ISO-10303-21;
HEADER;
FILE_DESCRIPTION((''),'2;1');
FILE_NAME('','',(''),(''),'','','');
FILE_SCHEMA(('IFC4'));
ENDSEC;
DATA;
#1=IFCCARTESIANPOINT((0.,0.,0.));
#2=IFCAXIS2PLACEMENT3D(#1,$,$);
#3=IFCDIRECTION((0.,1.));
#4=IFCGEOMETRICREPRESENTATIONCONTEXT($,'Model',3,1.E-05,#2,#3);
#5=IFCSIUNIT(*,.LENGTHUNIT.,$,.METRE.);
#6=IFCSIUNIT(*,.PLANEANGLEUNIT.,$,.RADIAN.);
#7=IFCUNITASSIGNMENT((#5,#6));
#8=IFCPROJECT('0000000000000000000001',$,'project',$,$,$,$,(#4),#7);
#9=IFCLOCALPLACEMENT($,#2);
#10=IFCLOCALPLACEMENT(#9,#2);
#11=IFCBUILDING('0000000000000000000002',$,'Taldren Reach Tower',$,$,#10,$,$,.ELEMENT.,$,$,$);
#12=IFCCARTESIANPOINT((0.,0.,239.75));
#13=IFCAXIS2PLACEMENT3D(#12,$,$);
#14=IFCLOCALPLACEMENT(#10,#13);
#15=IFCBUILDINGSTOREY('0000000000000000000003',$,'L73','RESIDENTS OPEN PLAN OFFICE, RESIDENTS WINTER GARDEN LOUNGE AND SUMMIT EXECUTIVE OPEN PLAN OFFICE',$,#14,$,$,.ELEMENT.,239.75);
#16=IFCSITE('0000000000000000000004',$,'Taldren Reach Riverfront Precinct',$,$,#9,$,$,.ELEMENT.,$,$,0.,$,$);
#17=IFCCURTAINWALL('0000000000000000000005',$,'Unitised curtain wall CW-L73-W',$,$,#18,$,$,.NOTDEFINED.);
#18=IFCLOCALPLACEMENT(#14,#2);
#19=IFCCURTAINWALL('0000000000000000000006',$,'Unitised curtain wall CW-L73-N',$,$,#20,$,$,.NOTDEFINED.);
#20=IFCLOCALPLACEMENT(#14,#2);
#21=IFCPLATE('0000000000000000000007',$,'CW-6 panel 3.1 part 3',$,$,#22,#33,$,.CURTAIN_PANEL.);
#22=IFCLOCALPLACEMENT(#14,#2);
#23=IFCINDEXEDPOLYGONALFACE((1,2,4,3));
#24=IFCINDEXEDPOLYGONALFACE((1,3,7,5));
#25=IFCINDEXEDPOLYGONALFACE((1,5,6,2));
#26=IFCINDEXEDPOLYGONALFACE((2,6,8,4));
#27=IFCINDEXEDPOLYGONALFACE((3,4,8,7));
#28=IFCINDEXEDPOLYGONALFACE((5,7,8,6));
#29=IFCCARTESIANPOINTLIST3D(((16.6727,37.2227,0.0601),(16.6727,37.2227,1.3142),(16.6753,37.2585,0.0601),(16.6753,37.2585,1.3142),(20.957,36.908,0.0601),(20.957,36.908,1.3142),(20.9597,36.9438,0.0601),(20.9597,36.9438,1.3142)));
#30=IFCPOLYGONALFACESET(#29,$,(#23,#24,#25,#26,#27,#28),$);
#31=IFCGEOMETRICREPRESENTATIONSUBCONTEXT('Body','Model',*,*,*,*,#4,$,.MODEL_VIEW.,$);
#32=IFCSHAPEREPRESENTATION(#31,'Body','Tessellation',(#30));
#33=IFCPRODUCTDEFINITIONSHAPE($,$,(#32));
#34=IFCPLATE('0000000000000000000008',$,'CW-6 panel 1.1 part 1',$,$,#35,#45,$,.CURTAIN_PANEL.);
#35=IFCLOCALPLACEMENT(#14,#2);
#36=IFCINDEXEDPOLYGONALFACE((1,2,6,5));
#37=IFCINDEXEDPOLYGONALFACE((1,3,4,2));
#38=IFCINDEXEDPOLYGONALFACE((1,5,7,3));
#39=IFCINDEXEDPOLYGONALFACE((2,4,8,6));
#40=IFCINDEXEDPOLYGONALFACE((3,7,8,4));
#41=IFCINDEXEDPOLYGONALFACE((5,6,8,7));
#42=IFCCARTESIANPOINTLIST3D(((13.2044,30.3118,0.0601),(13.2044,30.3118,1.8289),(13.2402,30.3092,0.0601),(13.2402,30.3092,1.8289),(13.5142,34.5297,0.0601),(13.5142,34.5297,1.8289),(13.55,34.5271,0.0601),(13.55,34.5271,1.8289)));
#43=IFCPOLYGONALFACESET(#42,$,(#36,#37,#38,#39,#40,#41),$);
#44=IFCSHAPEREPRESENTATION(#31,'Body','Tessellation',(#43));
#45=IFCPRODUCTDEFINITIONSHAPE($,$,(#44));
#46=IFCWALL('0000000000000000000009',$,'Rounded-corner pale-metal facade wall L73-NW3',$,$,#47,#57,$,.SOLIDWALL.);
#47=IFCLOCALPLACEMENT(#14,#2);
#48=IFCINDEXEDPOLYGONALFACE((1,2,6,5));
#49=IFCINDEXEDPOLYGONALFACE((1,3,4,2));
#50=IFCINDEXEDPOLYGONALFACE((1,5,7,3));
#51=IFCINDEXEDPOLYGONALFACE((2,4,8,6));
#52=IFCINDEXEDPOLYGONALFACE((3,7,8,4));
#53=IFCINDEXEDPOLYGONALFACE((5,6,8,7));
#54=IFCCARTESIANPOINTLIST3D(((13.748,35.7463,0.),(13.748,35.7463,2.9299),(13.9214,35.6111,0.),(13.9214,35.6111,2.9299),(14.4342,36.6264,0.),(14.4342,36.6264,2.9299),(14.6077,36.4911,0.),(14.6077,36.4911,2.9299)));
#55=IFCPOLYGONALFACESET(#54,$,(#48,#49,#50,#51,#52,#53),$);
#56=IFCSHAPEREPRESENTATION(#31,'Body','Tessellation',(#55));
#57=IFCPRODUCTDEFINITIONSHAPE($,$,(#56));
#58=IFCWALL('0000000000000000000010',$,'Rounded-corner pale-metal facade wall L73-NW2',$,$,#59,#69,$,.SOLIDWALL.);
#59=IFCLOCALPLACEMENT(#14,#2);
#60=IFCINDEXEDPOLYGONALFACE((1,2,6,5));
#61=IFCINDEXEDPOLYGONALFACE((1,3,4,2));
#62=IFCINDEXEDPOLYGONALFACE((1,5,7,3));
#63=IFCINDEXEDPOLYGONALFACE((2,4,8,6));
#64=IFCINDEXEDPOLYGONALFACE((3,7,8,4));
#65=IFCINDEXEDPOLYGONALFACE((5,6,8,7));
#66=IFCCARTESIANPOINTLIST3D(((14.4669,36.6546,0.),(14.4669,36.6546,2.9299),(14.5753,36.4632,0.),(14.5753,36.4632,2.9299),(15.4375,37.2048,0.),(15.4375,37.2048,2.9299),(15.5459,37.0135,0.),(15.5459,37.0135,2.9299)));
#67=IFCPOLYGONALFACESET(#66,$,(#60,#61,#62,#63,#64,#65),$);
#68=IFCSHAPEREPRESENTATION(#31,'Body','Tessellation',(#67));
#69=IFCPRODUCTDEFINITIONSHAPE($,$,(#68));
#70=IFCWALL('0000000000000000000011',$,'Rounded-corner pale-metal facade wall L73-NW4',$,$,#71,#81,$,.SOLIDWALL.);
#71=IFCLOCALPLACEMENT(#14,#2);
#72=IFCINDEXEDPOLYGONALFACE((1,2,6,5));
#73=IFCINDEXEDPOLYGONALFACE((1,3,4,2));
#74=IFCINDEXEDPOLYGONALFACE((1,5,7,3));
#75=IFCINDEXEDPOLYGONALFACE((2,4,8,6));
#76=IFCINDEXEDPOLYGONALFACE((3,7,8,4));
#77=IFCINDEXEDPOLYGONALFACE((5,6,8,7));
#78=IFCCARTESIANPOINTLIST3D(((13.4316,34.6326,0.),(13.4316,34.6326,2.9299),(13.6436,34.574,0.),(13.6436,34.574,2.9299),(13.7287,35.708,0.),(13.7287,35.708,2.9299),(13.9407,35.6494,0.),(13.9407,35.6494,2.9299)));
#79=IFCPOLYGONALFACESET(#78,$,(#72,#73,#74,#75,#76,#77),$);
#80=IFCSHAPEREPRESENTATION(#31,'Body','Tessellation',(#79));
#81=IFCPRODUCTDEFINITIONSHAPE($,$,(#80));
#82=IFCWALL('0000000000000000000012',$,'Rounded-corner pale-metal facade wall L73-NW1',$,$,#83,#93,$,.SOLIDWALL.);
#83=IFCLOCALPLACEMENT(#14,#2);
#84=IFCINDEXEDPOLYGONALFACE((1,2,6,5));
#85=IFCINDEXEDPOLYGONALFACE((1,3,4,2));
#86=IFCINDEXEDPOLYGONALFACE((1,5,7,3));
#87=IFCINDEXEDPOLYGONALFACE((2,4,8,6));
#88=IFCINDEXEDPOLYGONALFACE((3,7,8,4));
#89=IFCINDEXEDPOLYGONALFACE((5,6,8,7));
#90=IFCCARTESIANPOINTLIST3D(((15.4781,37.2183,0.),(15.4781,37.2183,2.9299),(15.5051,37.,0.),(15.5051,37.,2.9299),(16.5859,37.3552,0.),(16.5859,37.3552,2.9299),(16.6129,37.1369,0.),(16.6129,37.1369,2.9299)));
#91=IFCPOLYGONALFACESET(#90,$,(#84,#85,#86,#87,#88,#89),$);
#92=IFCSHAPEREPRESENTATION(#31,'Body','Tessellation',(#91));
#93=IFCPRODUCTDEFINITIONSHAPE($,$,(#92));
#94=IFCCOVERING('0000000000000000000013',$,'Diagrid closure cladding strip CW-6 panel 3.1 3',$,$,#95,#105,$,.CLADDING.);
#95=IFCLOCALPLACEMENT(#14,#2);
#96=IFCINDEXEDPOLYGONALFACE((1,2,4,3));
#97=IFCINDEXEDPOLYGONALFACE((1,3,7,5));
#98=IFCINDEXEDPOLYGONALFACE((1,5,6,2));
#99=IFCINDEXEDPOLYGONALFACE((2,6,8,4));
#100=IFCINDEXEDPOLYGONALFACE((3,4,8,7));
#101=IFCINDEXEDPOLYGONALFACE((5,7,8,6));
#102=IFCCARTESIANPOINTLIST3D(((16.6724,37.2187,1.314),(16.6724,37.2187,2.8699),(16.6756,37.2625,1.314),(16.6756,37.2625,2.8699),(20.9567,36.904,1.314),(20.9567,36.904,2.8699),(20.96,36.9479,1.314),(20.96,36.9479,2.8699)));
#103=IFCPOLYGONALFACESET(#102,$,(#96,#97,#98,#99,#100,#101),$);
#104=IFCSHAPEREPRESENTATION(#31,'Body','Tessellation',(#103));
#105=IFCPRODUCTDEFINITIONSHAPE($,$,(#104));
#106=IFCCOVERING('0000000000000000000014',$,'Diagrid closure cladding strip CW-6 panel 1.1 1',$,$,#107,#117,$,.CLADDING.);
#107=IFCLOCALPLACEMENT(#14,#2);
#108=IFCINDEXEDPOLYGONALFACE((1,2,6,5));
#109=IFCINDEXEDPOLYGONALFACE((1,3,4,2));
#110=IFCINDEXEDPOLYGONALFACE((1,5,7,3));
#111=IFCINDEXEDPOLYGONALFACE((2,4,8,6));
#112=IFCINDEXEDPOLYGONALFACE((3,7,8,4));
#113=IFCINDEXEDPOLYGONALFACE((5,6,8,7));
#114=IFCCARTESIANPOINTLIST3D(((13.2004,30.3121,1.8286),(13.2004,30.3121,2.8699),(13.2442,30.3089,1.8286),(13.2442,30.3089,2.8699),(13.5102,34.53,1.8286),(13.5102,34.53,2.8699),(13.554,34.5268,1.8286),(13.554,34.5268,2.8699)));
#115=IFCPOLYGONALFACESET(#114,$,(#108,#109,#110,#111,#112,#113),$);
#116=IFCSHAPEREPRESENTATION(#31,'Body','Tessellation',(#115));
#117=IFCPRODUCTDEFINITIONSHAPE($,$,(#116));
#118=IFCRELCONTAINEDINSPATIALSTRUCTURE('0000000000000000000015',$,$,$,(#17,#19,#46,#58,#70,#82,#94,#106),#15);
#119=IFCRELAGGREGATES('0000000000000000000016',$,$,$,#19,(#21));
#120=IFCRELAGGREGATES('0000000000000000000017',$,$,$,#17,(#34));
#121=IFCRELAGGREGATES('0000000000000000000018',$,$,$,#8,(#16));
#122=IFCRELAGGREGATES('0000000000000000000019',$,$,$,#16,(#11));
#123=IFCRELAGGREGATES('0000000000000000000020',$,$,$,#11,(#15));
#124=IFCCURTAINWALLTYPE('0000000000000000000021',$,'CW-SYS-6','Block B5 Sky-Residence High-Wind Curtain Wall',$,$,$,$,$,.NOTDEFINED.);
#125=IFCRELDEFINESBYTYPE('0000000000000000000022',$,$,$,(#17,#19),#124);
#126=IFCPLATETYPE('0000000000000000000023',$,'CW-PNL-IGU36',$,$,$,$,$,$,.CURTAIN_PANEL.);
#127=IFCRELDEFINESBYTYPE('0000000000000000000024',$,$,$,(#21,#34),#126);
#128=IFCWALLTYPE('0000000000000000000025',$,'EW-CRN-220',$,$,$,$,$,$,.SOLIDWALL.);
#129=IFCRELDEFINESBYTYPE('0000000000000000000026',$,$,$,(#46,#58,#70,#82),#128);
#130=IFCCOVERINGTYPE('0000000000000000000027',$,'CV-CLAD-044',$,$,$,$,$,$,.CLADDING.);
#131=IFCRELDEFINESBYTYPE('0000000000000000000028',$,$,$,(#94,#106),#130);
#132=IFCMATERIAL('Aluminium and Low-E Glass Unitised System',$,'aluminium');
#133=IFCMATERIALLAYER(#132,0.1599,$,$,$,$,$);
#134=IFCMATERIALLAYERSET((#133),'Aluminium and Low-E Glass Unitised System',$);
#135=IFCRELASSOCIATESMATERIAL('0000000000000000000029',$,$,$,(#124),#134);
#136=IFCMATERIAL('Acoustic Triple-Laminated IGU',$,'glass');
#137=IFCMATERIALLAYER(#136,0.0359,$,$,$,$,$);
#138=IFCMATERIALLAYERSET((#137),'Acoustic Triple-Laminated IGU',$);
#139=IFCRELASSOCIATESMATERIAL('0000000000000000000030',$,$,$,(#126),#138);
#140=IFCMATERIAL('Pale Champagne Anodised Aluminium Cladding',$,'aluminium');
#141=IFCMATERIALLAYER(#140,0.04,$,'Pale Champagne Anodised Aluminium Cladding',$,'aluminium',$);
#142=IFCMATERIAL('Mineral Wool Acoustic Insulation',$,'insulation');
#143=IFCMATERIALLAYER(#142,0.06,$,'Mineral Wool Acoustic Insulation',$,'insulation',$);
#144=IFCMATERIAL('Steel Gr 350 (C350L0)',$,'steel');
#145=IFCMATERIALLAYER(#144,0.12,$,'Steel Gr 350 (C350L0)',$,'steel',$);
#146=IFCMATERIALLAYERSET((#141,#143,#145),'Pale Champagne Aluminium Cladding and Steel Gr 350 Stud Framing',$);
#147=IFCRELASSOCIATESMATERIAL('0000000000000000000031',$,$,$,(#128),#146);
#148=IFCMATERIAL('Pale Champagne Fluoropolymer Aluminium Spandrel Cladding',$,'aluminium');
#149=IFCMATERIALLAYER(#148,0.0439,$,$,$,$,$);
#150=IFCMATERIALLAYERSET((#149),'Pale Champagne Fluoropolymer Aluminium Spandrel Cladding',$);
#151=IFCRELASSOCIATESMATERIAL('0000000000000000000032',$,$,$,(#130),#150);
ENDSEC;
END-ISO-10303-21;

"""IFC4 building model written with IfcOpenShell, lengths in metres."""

from ifc_helpers import new_model, si_unit, direction, frame, frame_2d, origin, origin_2d, place, context, subcontext, project, spatial, rectangle, extrude, source, transform, mapped, material, layer, layer_set, type_object, element, aggregate, save


model = new_model("IFC4")

# Units and contexts
model_context = context("Model", 3, precision=1e-05, world=origin(), true_north=direction((0.0, 1.0)))
body_context = subcontext(model_context, "Body", "Model", "MODEL_VIEW")
ifc_project = project(units=[si_unit("LENGTHUNIT", "METRE"), si_unit("PLANEANGLEUNIT", "RADIAN")], contexts=[model_context])

# Site, building, storey
site_placement = place(None, origin())
site = spatial("IfcSite", under=ifc_project, at=site_placement, Name="Taldren Reach Riverfront Precinct", CompositionType="ELEMENT", RefElevation=0.0)
building_placement = place(site_placement, origin())
building = spatial("IfcBuilding", under=site, at=building_placement, Name="Taldren Reach Tower", CompositionType="ELEMENT")
storey_placement = place(building_placement, frame((0.0, 0.0, 239.75)))
storey = spatial("IfcBuildingStorey", under=building, at=storey_placement, Name="L73", Description="RESIDENTS OPEN PLAN OFFICE, RESIDENTS WINTER GARDEN LOUNGE AND SUMMIT EXECUTIVE OPEN PLAN OFFICE", CompositionType="ELEMENT", Elevation=239.75)

# Shared definitions
ifc_material_1 = material(Name="Steel Gr 350 (C350L0)", Category="steel")

# Curtain wall
ifc_material_2 = material(Name="Aluminium and Low-E Glass Unitised System", Category="aluminium")
ifc_layer_1 = layer(ifc_material_2, 0.1599)
ifc_layer_set_1 = layer_set([ifc_layer_1], Name="Aluminium and Low-E Glass Unitised System")
curtain_wall_type = type_object("IfcCurtainWallType", Name="CW-SYS-6", Description="Block B5 Sky-Residence High-Wind Curtain Wall", PredefinedType="NOTDEFINED", material=ifc_layer_set_1)
curtain_wall_1_placement = place(storey_placement, origin())
curtain_wall_1 = element("IfcCurtainWall", 1, at=curtain_wall_1_placement, inside=storey, type_object=curtain_wall_type, Name="Unitised curtain wall CW-L73-W", PredefinedType="NOTDEFINED")

# Curtain wall
curtain_wall_2_placement = place(storey_placement, origin())
curtain_wall_2 = element("IfcCurtainWall", 2, at=curtain_wall_2_placement, inside=storey, type_object=curtain_wall_type, Name="Unitised curtain wall CW-L73-N", PredefinedType="NOTDEFINED")

# Plates
ifc_material_3 = material(Name="Acoustic Triple-Laminated IGU", Category="glass")
ifc_layer_2 = layer(ifc_material_3, 0.0359)
ifc_layer_set_2 = layer_set([ifc_layer_2], Name="Acoustic Triple-Laminated IGU")
plate_type_1 = type_object("IfcPlateType", Name="CW-PNL-IGU36", PredefinedType="CURTAIN_PANEL", material=ifc_layer_set_2)
shared_shape_1 = source(origin(), body_context, "Body", "SweptSolid", [
    extrude(rectangle(XDim=4.2959, YDim=0.0359, at=origin_2d()), origin(), (0.0, 0.0, 1.0), 1.2542),
])
plate_1_placement = place(storey_placement, frame((18.8162, 37.0833, 0.0601), z_axis=(0.0, 0.0, 1.0), x_axis=(-0.997314, 0.073238, 0.0)))
plate_1 = element("IfcPlate", 3, at=plate_1_placement, type_object=plate_type_1, Name="CW-6 panel 3.1 part 3", PredefinedType="CURTAIN_PANEL", context=body_context, shape_type="MappedRepresentation", body=[
    mapped(shared_shape_1, transform((0.0, 0.0, 0.0), scale=1.0)),
])
aggregate(curtain_wall_2, [plate_1])
shared_shape_2 = source(origin(), body_context, "Body", "SweptSolid", [
    extrude(rectangle(XDim=4.2292, YDim=0.0359, at=origin_2d()), origin(), (0.0, 0.0, 1.0), 1.7688),
])
plate_2_placement = place(storey_placement, frame((13.3772, 32.4194, 0.0601), z_axis=(0.0, 0.0, 1.0), x_axis=(-0.073238, -0.997314, 0.0)))
plate_2 = element("IfcPlate", 4, at=plate_2_placement, type_object=plate_type_1, Name="CW-6 panel 1.1 part 1", PredefinedType="CURTAIN_PANEL", context=body_context, shape_type="MappedRepresentation", body=[
    mapped(shared_shape_2, transform((0.0, 0.0, 0.0), scale=1.0)),
])
aggregate(curtain_wall_1, [plate_2])

# Walls
ifc_material_4 = material(Name="Pale Champagne Anodised Aluminium Cladding", Category="aluminium")
ifc_layer_3 = layer(ifc_material_4, 0.04, Name="Pale Champagne Anodised Aluminium Cladding", Category="aluminium")
ifc_material_5 = material(Name="Mineral Wool Acoustic Insulation", Category="insulation")
ifc_layer_4 = layer(ifc_material_5, 0.06, Name="Mineral Wool Acoustic Insulation", Category="insulation")
ifc_layer_5 = layer(ifc_material_1, 0.12, Name="Steel Gr 350 (C350L0)", Category="steel")
ifc_layer_set_3 = layer_set([ifc_layer_3, ifc_layer_4, ifc_layer_5], Name="Pale Champagne Aluminium Cladding and Steel Gr 350 Stud Framing")
wall_type = type_object("IfcWallType", Name="EW-CRN-220", PredefinedType="SOLIDWALL", material=ifc_layer_set_3)
shared_shape_3 = source(origin(), body_context, "Body", "SweptSolid", [
    extrude(rectangle(XDim=1.116, YDim=0.22, at=frame_2d((0.5581, 0.0))), origin(), (0.0, 0.0, 1.0), 2.9299),
])
wall_1_placement = place(storey_placement, frame((14.521, 36.5588, 0.0), z_axis=(0.0, 0.0, 1.0), x_axis=(-0.614909, -0.788598, 0.0)))
element("IfcWall", 5, at=wall_1_placement, inside=storey, type_object=wall_type, Name="Rounded-corner pale-metal facade wall L73-NW3", PredefinedType="SOLIDWALL", context=body_context, shape_type="MappedRepresentation", body=[
    mapped(shared_shape_3, transform((0.0, 0.0, 0.0), scale=1.0)),
])
shared_shape_4 = source(origin(), body_context, "Body", "SweptSolid", [
    extrude(rectangle(XDim=1.1157, YDim=0.22, at=frame_2d((0.5579, 0.0))), origin(), (0.0, 0.0, 1.0), 2.9299),
])
for number, where, z_axis, x_axis, name in (
    (6, (15.4917, 37.1091, 0.0), (0.0, 0.0, 1.0), (-0.869935, -0.493167, 0.0), "Rounded-corner pale-metal facade wall L73-NW2"),
    (7, (13.8347, 35.6787, 0.0), (0.0, 0.0, 1.0), (-0.266301, -0.96389, 0.0), "Rounded-corner pale-metal facade wall L73-NW4"),
):
    element("IfcWall", number, at=place(storey_placement, frame(where, z_axis=z_axis, x_axis=x_axis)), inside=storey, type_object=wall_type, Name=name, PredefinedType="SOLIDWALL", context=body_context, shape_type="MappedRepresentation", body=[
        mapped(shared_shape_4, transform((0.0, 0.0, 0.0), scale=1.0)),
    ])
shared_shape_5 = source(origin(), body_context, "Body", "SweptSolid", [
    extrude(rectangle(XDim=1.1162, YDim=0.22, at=frame_2d((0.5581, 0.0))), origin(), (0.0, 0.0, 1.0), 2.9299),
])
wall_2_placement = place(storey_placement, frame((16.5994, 37.2461, 0.0), z_axis=(0.0, 0.0, 1.0), x_axis=(-0.992442, -0.122715, 0.0)))
element("IfcWall", 8, at=wall_2_placement, inside=storey, type_object=wall_type, Name="Rounded-corner pale-metal facade wall L73-NW1", PredefinedType="SOLIDWALL", context=body_context, shape_type="MappedRepresentation", body=[
    mapped(shared_shape_5, transform((0.0, 0.0, 0.0), scale=1.0)),
])

# Coverings
ifc_material_6 = material(Name="Pale Champagne Fluoropolymer Aluminium Spandrel Cladding", Category="aluminium")
ifc_layer_6 = layer(ifc_material_6, 0.0439)
ifc_layer_set_4 = layer_set([ifc_layer_6], Name="Pale Champagne Fluoropolymer Aluminium Spandrel Cladding")
covering_type = type_object("IfcCoveringType", Name="CV-CLAD-044", PredefinedType="CLADDING", material=ifc_layer_set_4)
shared_shape_6 = source(origin(), body_context, "Body", "SweptSolid", [
    extrude(rectangle(XDim=4.2959, YDim=0.0439, at=origin_2d()), origin(), (0.0, 0.0, 1.0), 1.5559),
])
covering_1_placement = place(storey_placement, frame((18.8162, 37.0833, 1.314), z_axis=(0.0, 0.0, 1.0), x_axis=(-0.997314, 0.073238, 0.0)))
element("IfcCovering", 9, at=covering_1_placement, inside=storey, type_object=covering_type, Name="Diagrid closure cladding strip CW-6 panel 3.1 3", PredefinedType="CLADDING", context=body_context, shape_type="MappedRepresentation", body=[
    mapped(shared_shape_6, transform((0.0, 0.0, 0.0), scale=1.0)),
])
shared_shape_7 = source(origin(), body_context, "Body", "SweptSolid", [
    extrude(rectangle(XDim=4.2292, YDim=0.0439, at=origin_2d()), origin(), (0.0, 0.0, 1.0), 1.0413),
])
covering_2_placement = place(storey_placement, frame((13.3772, 32.4194, 1.8286), z_axis=(0.0, 0.0, 1.0), x_axis=(-0.073238, -0.997314, 0.0)))
element("IfcCovering", 10, at=covering_2_placement, inside=storey, type_object=covering_type, Name="Diagrid closure cladding strip CW-6 panel 1.1 1", PredefinedType="CLADDING", context=body_context, shape_type="MappedRepresentation", body=[
    mapped(shared_shape_7, transform((0.0, 0.0, 0.0), scale=1.0)),
])

save(model, "model.ifc")
